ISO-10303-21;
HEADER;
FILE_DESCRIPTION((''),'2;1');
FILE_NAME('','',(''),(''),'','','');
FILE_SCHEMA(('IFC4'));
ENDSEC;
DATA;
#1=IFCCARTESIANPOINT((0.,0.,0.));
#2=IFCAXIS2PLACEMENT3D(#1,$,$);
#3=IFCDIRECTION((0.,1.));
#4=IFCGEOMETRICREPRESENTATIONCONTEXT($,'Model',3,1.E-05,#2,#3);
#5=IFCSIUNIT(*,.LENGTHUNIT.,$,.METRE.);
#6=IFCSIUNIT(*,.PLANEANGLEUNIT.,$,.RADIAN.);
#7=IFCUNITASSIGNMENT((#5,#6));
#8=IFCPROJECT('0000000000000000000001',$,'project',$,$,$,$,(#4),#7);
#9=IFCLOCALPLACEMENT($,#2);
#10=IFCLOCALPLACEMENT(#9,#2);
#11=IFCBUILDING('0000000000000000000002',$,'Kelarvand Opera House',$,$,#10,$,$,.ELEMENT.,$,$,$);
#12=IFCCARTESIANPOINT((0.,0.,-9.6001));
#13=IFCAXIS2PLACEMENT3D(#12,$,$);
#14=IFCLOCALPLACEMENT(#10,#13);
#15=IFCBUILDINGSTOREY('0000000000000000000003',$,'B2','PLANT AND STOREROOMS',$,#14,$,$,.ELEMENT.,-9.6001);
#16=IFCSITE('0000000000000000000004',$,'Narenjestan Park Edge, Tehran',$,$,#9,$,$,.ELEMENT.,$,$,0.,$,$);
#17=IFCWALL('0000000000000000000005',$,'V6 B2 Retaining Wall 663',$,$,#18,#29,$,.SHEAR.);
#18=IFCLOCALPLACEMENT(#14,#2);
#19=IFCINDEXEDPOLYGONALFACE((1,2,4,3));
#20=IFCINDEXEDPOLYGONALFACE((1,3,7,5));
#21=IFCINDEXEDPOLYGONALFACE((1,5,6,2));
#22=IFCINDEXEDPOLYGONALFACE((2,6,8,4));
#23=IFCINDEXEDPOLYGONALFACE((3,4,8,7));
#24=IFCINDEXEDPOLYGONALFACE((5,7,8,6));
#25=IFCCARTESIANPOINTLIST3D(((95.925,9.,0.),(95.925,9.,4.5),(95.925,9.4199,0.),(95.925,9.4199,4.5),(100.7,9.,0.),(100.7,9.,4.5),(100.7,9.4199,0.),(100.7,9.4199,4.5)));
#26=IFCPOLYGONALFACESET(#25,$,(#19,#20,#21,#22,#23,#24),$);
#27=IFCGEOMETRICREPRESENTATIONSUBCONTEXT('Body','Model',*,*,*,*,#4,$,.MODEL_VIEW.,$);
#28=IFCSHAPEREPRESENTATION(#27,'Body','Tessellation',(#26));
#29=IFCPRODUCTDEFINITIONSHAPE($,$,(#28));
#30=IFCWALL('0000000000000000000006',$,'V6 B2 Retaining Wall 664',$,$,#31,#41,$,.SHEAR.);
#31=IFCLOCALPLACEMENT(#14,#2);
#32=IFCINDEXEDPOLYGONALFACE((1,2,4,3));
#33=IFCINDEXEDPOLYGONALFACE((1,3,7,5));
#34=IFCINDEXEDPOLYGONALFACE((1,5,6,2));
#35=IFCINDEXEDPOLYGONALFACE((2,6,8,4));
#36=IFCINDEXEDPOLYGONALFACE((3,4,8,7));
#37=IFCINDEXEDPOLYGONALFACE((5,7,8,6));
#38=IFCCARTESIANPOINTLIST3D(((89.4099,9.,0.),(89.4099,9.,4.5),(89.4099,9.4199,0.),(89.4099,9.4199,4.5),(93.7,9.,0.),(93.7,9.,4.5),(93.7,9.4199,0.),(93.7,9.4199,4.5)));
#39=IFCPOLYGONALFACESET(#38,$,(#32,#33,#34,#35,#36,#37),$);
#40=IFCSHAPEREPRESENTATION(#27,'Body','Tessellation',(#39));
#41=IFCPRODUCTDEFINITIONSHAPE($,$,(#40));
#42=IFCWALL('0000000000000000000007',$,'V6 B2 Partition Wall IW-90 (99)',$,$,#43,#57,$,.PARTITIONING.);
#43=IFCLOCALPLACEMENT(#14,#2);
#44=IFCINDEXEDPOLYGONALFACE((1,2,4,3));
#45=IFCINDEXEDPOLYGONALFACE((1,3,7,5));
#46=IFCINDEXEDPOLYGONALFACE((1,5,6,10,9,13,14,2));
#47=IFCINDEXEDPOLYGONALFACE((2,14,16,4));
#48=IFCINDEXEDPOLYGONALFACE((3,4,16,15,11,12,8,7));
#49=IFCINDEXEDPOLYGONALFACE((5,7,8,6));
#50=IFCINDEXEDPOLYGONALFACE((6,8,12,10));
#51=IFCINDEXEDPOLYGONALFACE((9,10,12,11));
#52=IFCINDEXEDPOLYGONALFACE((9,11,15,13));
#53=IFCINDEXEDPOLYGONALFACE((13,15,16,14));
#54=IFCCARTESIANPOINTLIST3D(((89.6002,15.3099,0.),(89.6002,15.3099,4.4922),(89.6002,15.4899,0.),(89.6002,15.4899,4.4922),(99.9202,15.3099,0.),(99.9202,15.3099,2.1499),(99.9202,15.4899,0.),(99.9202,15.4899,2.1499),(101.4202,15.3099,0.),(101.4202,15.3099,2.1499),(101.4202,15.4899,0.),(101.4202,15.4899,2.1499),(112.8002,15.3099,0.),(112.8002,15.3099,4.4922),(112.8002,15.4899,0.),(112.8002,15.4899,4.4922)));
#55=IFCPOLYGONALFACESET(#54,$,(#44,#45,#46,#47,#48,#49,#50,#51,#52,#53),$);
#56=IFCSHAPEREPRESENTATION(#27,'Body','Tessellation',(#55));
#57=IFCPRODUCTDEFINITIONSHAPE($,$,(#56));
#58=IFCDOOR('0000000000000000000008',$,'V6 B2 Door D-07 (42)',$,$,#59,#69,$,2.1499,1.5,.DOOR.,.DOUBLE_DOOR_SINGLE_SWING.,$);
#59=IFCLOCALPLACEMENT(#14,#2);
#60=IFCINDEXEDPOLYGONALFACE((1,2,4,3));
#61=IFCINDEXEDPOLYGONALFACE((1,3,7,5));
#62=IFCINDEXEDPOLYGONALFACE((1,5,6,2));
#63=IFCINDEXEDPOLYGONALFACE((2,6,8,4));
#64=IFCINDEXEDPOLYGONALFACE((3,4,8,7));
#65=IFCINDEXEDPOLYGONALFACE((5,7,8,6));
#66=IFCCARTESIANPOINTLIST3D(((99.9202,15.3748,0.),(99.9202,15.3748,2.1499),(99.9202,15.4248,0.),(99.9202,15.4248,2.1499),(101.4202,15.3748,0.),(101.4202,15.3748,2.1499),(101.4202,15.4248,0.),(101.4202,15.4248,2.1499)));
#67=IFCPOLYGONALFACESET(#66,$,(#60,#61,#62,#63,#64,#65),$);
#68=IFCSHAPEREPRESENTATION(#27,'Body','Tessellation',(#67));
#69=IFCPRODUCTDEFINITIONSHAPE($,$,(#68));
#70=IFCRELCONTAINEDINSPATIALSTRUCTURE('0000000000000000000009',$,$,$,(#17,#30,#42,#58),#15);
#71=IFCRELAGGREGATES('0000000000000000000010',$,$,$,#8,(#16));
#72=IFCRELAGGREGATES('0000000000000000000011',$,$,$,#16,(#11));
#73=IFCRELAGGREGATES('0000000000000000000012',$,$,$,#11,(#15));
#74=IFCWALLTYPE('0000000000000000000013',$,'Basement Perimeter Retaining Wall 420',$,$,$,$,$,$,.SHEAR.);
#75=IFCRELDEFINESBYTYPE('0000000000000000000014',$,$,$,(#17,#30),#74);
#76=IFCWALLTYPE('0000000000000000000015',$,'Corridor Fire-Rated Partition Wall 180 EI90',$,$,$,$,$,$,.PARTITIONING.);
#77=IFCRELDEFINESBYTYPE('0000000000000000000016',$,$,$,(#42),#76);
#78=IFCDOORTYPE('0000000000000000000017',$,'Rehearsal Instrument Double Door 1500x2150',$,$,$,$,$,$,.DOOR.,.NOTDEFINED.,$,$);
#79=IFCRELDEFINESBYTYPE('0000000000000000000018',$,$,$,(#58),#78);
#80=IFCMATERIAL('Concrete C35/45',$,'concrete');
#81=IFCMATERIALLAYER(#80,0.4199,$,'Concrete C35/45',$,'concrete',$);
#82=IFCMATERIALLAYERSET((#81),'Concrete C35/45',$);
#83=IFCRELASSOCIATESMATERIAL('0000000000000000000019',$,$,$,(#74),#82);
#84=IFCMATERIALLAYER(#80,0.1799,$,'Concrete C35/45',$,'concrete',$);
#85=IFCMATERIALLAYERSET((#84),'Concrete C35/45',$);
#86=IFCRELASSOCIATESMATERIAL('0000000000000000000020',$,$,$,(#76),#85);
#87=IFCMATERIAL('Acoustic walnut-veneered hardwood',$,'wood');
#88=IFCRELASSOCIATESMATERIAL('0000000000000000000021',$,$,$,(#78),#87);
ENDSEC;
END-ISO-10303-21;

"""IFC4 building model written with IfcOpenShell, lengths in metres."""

from ifc_helpers import new_model, si_unit, direction, frame, frame_2d, origin, place, context, subcontext, project, spatial, rectangle, extrude, material, layer, layer_set, type_object, element, fill, save


model = new_model("IFC4")

# Units and contexts
model_context = context("Model", 3, precision=1e-05, world=origin(), true_north=direction((0.0, 1.0)))
body_context = subcontext(model_context, "Body", "Model", "MODEL_VIEW")
ifc_project = project(units=[si_unit("LENGTHUNIT", "METRE"), si_unit("PLANEANGLEUNIT", "RADIAN")], contexts=[model_context])

# Site, building, storey
site_placement = place(None, origin())
site = spatial("IfcSite", under=ifc_project, at=site_placement, Name="Narenjestan Park Edge, Tehran", CompositionType="ELEMENT", RefElevation=0.0)
building_placement = place(site_placement, origin())
building = spatial("IfcBuilding", under=site, at=building_placement, Name="Kelarvand Opera House", CompositionType="ELEMENT")
storey_placement = place(building_placement, frame((0.0, 0.0, -9.6001)))
storey = spatial("IfcBuildingStorey", under=building, at=storey_placement, Name="B2", Description="PLANT AND STOREROOMS", CompositionType="ELEMENT", Elevation=-9.6001)

# Walls
ifc_material_1 = material(Name="Concrete C35/45", Category="concrete")
ifc_layer_1 = layer(ifc_material_1, 0.4199, Name="Concrete C35/45", Category="concrete")
ifc_layer_set_1 = layer_set([ifc_layer_1], Name="Concrete C35/45")
wall_type_1 = type_object("IfcWallType", Name="Basement Perimeter Retaining Wall 420", PredefinedType="SHEAR", material=ifc_layer_set_1)
wall_1_placement = place(storey_placement, frame((100.7, 9.21, 0.0), z_axis=(0.0, 0.0, 1.0), x_axis=(-1.0, 0.0, 0.0)))
element("IfcWall", 1, at=wall_1_placement, inside=storey, type_object=wall_type_1, Name="V6 B2 Retaining Wall 663", PredefinedType="SHEAR", context=body_context, shape_type="SweptSolid", body=[
    extrude(rectangle(XDim=4.7749, YDim=0.4199, at=frame_2d((2.3875, 0.0))), origin(), (0.0, 0.0, 1.0), 4.5),
])
wall_2_placement = place(storey_placement, frame((93.7, 9.21, 0.0), z_axis=(0.0, 0.0, 1.0), x_axis=(-1.0, 0.0, 0.0)))
element("IfcWall", 2, at=wall_2_placement, inside=storey, type_object=wall_type_1, Name="V6 B2 Retaining Wall 664", PredefinedType="SHEAR", context=body_context, shape_type="SweptSolid", body=[
    extrude(rectangle(XDim=4.29, YDim=0.4199, at=frame_2d((2.145, 0.0))), origin(), (0.0, 0.0, 1.0), 4.5),
])

# Wall, opening, door
ifc_layer_2 = layer(ifc_material_1, 0.1799, Name="Concrete C35/45", Category="concrete")
ifc_layer_set_2 = layer_set([ifc_layer_2], Name="Concrete C35/45")
wall_type_2 = type_object("IfcWallType", Name="Corridor Fire-Rated Partition Wall 180 EI90", PredefinedType="PARTITIONING", material=ifc_layer_set_2)
wall_3_placement = place(storey_placement, frame((89.6001, 15.3999, 0.0), z_axis=(0.0, 0.0, 1.0), x_axis=(1.0, 0.0, 0.0)))
wall_3 = element("IfcWall", 3, at=wall_3_placement, inside=storey, type_object=wall_type_2, Name="V6 B2 Partition Wall IW-90 (99)", PredefinedType="PARTITIONING", context=body_context, shape_type="SweptSolid", body=[
    extrude(rectangle(XDim=23.2, YDim=0.1799, at=frame_2d((11.6001, 0.0))), origin(), (0.0, 0.0, 1.0), 4.4922),
])
opening_placement = place(wall_3_placement, frame((10.3201, 0.0, 0.0)))
opening = element("IfcOpeningElement", 4, at=opening_placement, cuts=wall_3, PredefinedType="OPENING", context=body_context, shape_type="SweptSolid", body=[
    extrude(rectangle(XDim=1.5, YDim=2.1499, at=frame_2d((0.75, 1.075))), frame((0.0, 0.1001, 0.0), z_axis=(0.0, -1.0, 0.0), x_axis=(1.0, 0.0, 0.0)), (0.0, 0.0, 1.0), 0.2),
])
ifc_material_2 = material(Name="Acoustic walnut-veneered hardwood", Category="wood")
door_type = type_object("IfcDoorType", Name="Rehearsal Instrument Double Door 1500x2150", OperationType="NOTDEFINED", PredefinedType="DOOR", material=ifc_material_2)
door_placement = place(opening_placement, origin())
door = element("IfcDoor", 5, at=door_placement, inside=storey, type_object=door_type, Name="V6 B2 Door D-07 (42)", OperationType="DOUBLE_DOOR_SINGLE_SWING", OverallHeight=2.1499, OverallWidth=1.5, PredefinedType="DOOR", context=body_context, shape_type="SweptSolid", body=[
    extrude(rectangle(XDim=1.5, YDim=2.1499, at=frame_2d((0.75, 1.075))), frame((0.0, 0.0249, 0.0), z_axis=(0.0, -1.0, 0.0), x_axis=(1.0, 0.0, 0.0)), (0.0, 0.0, 1.0), 0.05),
])
fill(opening, door)

save(model, "model.ifc")
